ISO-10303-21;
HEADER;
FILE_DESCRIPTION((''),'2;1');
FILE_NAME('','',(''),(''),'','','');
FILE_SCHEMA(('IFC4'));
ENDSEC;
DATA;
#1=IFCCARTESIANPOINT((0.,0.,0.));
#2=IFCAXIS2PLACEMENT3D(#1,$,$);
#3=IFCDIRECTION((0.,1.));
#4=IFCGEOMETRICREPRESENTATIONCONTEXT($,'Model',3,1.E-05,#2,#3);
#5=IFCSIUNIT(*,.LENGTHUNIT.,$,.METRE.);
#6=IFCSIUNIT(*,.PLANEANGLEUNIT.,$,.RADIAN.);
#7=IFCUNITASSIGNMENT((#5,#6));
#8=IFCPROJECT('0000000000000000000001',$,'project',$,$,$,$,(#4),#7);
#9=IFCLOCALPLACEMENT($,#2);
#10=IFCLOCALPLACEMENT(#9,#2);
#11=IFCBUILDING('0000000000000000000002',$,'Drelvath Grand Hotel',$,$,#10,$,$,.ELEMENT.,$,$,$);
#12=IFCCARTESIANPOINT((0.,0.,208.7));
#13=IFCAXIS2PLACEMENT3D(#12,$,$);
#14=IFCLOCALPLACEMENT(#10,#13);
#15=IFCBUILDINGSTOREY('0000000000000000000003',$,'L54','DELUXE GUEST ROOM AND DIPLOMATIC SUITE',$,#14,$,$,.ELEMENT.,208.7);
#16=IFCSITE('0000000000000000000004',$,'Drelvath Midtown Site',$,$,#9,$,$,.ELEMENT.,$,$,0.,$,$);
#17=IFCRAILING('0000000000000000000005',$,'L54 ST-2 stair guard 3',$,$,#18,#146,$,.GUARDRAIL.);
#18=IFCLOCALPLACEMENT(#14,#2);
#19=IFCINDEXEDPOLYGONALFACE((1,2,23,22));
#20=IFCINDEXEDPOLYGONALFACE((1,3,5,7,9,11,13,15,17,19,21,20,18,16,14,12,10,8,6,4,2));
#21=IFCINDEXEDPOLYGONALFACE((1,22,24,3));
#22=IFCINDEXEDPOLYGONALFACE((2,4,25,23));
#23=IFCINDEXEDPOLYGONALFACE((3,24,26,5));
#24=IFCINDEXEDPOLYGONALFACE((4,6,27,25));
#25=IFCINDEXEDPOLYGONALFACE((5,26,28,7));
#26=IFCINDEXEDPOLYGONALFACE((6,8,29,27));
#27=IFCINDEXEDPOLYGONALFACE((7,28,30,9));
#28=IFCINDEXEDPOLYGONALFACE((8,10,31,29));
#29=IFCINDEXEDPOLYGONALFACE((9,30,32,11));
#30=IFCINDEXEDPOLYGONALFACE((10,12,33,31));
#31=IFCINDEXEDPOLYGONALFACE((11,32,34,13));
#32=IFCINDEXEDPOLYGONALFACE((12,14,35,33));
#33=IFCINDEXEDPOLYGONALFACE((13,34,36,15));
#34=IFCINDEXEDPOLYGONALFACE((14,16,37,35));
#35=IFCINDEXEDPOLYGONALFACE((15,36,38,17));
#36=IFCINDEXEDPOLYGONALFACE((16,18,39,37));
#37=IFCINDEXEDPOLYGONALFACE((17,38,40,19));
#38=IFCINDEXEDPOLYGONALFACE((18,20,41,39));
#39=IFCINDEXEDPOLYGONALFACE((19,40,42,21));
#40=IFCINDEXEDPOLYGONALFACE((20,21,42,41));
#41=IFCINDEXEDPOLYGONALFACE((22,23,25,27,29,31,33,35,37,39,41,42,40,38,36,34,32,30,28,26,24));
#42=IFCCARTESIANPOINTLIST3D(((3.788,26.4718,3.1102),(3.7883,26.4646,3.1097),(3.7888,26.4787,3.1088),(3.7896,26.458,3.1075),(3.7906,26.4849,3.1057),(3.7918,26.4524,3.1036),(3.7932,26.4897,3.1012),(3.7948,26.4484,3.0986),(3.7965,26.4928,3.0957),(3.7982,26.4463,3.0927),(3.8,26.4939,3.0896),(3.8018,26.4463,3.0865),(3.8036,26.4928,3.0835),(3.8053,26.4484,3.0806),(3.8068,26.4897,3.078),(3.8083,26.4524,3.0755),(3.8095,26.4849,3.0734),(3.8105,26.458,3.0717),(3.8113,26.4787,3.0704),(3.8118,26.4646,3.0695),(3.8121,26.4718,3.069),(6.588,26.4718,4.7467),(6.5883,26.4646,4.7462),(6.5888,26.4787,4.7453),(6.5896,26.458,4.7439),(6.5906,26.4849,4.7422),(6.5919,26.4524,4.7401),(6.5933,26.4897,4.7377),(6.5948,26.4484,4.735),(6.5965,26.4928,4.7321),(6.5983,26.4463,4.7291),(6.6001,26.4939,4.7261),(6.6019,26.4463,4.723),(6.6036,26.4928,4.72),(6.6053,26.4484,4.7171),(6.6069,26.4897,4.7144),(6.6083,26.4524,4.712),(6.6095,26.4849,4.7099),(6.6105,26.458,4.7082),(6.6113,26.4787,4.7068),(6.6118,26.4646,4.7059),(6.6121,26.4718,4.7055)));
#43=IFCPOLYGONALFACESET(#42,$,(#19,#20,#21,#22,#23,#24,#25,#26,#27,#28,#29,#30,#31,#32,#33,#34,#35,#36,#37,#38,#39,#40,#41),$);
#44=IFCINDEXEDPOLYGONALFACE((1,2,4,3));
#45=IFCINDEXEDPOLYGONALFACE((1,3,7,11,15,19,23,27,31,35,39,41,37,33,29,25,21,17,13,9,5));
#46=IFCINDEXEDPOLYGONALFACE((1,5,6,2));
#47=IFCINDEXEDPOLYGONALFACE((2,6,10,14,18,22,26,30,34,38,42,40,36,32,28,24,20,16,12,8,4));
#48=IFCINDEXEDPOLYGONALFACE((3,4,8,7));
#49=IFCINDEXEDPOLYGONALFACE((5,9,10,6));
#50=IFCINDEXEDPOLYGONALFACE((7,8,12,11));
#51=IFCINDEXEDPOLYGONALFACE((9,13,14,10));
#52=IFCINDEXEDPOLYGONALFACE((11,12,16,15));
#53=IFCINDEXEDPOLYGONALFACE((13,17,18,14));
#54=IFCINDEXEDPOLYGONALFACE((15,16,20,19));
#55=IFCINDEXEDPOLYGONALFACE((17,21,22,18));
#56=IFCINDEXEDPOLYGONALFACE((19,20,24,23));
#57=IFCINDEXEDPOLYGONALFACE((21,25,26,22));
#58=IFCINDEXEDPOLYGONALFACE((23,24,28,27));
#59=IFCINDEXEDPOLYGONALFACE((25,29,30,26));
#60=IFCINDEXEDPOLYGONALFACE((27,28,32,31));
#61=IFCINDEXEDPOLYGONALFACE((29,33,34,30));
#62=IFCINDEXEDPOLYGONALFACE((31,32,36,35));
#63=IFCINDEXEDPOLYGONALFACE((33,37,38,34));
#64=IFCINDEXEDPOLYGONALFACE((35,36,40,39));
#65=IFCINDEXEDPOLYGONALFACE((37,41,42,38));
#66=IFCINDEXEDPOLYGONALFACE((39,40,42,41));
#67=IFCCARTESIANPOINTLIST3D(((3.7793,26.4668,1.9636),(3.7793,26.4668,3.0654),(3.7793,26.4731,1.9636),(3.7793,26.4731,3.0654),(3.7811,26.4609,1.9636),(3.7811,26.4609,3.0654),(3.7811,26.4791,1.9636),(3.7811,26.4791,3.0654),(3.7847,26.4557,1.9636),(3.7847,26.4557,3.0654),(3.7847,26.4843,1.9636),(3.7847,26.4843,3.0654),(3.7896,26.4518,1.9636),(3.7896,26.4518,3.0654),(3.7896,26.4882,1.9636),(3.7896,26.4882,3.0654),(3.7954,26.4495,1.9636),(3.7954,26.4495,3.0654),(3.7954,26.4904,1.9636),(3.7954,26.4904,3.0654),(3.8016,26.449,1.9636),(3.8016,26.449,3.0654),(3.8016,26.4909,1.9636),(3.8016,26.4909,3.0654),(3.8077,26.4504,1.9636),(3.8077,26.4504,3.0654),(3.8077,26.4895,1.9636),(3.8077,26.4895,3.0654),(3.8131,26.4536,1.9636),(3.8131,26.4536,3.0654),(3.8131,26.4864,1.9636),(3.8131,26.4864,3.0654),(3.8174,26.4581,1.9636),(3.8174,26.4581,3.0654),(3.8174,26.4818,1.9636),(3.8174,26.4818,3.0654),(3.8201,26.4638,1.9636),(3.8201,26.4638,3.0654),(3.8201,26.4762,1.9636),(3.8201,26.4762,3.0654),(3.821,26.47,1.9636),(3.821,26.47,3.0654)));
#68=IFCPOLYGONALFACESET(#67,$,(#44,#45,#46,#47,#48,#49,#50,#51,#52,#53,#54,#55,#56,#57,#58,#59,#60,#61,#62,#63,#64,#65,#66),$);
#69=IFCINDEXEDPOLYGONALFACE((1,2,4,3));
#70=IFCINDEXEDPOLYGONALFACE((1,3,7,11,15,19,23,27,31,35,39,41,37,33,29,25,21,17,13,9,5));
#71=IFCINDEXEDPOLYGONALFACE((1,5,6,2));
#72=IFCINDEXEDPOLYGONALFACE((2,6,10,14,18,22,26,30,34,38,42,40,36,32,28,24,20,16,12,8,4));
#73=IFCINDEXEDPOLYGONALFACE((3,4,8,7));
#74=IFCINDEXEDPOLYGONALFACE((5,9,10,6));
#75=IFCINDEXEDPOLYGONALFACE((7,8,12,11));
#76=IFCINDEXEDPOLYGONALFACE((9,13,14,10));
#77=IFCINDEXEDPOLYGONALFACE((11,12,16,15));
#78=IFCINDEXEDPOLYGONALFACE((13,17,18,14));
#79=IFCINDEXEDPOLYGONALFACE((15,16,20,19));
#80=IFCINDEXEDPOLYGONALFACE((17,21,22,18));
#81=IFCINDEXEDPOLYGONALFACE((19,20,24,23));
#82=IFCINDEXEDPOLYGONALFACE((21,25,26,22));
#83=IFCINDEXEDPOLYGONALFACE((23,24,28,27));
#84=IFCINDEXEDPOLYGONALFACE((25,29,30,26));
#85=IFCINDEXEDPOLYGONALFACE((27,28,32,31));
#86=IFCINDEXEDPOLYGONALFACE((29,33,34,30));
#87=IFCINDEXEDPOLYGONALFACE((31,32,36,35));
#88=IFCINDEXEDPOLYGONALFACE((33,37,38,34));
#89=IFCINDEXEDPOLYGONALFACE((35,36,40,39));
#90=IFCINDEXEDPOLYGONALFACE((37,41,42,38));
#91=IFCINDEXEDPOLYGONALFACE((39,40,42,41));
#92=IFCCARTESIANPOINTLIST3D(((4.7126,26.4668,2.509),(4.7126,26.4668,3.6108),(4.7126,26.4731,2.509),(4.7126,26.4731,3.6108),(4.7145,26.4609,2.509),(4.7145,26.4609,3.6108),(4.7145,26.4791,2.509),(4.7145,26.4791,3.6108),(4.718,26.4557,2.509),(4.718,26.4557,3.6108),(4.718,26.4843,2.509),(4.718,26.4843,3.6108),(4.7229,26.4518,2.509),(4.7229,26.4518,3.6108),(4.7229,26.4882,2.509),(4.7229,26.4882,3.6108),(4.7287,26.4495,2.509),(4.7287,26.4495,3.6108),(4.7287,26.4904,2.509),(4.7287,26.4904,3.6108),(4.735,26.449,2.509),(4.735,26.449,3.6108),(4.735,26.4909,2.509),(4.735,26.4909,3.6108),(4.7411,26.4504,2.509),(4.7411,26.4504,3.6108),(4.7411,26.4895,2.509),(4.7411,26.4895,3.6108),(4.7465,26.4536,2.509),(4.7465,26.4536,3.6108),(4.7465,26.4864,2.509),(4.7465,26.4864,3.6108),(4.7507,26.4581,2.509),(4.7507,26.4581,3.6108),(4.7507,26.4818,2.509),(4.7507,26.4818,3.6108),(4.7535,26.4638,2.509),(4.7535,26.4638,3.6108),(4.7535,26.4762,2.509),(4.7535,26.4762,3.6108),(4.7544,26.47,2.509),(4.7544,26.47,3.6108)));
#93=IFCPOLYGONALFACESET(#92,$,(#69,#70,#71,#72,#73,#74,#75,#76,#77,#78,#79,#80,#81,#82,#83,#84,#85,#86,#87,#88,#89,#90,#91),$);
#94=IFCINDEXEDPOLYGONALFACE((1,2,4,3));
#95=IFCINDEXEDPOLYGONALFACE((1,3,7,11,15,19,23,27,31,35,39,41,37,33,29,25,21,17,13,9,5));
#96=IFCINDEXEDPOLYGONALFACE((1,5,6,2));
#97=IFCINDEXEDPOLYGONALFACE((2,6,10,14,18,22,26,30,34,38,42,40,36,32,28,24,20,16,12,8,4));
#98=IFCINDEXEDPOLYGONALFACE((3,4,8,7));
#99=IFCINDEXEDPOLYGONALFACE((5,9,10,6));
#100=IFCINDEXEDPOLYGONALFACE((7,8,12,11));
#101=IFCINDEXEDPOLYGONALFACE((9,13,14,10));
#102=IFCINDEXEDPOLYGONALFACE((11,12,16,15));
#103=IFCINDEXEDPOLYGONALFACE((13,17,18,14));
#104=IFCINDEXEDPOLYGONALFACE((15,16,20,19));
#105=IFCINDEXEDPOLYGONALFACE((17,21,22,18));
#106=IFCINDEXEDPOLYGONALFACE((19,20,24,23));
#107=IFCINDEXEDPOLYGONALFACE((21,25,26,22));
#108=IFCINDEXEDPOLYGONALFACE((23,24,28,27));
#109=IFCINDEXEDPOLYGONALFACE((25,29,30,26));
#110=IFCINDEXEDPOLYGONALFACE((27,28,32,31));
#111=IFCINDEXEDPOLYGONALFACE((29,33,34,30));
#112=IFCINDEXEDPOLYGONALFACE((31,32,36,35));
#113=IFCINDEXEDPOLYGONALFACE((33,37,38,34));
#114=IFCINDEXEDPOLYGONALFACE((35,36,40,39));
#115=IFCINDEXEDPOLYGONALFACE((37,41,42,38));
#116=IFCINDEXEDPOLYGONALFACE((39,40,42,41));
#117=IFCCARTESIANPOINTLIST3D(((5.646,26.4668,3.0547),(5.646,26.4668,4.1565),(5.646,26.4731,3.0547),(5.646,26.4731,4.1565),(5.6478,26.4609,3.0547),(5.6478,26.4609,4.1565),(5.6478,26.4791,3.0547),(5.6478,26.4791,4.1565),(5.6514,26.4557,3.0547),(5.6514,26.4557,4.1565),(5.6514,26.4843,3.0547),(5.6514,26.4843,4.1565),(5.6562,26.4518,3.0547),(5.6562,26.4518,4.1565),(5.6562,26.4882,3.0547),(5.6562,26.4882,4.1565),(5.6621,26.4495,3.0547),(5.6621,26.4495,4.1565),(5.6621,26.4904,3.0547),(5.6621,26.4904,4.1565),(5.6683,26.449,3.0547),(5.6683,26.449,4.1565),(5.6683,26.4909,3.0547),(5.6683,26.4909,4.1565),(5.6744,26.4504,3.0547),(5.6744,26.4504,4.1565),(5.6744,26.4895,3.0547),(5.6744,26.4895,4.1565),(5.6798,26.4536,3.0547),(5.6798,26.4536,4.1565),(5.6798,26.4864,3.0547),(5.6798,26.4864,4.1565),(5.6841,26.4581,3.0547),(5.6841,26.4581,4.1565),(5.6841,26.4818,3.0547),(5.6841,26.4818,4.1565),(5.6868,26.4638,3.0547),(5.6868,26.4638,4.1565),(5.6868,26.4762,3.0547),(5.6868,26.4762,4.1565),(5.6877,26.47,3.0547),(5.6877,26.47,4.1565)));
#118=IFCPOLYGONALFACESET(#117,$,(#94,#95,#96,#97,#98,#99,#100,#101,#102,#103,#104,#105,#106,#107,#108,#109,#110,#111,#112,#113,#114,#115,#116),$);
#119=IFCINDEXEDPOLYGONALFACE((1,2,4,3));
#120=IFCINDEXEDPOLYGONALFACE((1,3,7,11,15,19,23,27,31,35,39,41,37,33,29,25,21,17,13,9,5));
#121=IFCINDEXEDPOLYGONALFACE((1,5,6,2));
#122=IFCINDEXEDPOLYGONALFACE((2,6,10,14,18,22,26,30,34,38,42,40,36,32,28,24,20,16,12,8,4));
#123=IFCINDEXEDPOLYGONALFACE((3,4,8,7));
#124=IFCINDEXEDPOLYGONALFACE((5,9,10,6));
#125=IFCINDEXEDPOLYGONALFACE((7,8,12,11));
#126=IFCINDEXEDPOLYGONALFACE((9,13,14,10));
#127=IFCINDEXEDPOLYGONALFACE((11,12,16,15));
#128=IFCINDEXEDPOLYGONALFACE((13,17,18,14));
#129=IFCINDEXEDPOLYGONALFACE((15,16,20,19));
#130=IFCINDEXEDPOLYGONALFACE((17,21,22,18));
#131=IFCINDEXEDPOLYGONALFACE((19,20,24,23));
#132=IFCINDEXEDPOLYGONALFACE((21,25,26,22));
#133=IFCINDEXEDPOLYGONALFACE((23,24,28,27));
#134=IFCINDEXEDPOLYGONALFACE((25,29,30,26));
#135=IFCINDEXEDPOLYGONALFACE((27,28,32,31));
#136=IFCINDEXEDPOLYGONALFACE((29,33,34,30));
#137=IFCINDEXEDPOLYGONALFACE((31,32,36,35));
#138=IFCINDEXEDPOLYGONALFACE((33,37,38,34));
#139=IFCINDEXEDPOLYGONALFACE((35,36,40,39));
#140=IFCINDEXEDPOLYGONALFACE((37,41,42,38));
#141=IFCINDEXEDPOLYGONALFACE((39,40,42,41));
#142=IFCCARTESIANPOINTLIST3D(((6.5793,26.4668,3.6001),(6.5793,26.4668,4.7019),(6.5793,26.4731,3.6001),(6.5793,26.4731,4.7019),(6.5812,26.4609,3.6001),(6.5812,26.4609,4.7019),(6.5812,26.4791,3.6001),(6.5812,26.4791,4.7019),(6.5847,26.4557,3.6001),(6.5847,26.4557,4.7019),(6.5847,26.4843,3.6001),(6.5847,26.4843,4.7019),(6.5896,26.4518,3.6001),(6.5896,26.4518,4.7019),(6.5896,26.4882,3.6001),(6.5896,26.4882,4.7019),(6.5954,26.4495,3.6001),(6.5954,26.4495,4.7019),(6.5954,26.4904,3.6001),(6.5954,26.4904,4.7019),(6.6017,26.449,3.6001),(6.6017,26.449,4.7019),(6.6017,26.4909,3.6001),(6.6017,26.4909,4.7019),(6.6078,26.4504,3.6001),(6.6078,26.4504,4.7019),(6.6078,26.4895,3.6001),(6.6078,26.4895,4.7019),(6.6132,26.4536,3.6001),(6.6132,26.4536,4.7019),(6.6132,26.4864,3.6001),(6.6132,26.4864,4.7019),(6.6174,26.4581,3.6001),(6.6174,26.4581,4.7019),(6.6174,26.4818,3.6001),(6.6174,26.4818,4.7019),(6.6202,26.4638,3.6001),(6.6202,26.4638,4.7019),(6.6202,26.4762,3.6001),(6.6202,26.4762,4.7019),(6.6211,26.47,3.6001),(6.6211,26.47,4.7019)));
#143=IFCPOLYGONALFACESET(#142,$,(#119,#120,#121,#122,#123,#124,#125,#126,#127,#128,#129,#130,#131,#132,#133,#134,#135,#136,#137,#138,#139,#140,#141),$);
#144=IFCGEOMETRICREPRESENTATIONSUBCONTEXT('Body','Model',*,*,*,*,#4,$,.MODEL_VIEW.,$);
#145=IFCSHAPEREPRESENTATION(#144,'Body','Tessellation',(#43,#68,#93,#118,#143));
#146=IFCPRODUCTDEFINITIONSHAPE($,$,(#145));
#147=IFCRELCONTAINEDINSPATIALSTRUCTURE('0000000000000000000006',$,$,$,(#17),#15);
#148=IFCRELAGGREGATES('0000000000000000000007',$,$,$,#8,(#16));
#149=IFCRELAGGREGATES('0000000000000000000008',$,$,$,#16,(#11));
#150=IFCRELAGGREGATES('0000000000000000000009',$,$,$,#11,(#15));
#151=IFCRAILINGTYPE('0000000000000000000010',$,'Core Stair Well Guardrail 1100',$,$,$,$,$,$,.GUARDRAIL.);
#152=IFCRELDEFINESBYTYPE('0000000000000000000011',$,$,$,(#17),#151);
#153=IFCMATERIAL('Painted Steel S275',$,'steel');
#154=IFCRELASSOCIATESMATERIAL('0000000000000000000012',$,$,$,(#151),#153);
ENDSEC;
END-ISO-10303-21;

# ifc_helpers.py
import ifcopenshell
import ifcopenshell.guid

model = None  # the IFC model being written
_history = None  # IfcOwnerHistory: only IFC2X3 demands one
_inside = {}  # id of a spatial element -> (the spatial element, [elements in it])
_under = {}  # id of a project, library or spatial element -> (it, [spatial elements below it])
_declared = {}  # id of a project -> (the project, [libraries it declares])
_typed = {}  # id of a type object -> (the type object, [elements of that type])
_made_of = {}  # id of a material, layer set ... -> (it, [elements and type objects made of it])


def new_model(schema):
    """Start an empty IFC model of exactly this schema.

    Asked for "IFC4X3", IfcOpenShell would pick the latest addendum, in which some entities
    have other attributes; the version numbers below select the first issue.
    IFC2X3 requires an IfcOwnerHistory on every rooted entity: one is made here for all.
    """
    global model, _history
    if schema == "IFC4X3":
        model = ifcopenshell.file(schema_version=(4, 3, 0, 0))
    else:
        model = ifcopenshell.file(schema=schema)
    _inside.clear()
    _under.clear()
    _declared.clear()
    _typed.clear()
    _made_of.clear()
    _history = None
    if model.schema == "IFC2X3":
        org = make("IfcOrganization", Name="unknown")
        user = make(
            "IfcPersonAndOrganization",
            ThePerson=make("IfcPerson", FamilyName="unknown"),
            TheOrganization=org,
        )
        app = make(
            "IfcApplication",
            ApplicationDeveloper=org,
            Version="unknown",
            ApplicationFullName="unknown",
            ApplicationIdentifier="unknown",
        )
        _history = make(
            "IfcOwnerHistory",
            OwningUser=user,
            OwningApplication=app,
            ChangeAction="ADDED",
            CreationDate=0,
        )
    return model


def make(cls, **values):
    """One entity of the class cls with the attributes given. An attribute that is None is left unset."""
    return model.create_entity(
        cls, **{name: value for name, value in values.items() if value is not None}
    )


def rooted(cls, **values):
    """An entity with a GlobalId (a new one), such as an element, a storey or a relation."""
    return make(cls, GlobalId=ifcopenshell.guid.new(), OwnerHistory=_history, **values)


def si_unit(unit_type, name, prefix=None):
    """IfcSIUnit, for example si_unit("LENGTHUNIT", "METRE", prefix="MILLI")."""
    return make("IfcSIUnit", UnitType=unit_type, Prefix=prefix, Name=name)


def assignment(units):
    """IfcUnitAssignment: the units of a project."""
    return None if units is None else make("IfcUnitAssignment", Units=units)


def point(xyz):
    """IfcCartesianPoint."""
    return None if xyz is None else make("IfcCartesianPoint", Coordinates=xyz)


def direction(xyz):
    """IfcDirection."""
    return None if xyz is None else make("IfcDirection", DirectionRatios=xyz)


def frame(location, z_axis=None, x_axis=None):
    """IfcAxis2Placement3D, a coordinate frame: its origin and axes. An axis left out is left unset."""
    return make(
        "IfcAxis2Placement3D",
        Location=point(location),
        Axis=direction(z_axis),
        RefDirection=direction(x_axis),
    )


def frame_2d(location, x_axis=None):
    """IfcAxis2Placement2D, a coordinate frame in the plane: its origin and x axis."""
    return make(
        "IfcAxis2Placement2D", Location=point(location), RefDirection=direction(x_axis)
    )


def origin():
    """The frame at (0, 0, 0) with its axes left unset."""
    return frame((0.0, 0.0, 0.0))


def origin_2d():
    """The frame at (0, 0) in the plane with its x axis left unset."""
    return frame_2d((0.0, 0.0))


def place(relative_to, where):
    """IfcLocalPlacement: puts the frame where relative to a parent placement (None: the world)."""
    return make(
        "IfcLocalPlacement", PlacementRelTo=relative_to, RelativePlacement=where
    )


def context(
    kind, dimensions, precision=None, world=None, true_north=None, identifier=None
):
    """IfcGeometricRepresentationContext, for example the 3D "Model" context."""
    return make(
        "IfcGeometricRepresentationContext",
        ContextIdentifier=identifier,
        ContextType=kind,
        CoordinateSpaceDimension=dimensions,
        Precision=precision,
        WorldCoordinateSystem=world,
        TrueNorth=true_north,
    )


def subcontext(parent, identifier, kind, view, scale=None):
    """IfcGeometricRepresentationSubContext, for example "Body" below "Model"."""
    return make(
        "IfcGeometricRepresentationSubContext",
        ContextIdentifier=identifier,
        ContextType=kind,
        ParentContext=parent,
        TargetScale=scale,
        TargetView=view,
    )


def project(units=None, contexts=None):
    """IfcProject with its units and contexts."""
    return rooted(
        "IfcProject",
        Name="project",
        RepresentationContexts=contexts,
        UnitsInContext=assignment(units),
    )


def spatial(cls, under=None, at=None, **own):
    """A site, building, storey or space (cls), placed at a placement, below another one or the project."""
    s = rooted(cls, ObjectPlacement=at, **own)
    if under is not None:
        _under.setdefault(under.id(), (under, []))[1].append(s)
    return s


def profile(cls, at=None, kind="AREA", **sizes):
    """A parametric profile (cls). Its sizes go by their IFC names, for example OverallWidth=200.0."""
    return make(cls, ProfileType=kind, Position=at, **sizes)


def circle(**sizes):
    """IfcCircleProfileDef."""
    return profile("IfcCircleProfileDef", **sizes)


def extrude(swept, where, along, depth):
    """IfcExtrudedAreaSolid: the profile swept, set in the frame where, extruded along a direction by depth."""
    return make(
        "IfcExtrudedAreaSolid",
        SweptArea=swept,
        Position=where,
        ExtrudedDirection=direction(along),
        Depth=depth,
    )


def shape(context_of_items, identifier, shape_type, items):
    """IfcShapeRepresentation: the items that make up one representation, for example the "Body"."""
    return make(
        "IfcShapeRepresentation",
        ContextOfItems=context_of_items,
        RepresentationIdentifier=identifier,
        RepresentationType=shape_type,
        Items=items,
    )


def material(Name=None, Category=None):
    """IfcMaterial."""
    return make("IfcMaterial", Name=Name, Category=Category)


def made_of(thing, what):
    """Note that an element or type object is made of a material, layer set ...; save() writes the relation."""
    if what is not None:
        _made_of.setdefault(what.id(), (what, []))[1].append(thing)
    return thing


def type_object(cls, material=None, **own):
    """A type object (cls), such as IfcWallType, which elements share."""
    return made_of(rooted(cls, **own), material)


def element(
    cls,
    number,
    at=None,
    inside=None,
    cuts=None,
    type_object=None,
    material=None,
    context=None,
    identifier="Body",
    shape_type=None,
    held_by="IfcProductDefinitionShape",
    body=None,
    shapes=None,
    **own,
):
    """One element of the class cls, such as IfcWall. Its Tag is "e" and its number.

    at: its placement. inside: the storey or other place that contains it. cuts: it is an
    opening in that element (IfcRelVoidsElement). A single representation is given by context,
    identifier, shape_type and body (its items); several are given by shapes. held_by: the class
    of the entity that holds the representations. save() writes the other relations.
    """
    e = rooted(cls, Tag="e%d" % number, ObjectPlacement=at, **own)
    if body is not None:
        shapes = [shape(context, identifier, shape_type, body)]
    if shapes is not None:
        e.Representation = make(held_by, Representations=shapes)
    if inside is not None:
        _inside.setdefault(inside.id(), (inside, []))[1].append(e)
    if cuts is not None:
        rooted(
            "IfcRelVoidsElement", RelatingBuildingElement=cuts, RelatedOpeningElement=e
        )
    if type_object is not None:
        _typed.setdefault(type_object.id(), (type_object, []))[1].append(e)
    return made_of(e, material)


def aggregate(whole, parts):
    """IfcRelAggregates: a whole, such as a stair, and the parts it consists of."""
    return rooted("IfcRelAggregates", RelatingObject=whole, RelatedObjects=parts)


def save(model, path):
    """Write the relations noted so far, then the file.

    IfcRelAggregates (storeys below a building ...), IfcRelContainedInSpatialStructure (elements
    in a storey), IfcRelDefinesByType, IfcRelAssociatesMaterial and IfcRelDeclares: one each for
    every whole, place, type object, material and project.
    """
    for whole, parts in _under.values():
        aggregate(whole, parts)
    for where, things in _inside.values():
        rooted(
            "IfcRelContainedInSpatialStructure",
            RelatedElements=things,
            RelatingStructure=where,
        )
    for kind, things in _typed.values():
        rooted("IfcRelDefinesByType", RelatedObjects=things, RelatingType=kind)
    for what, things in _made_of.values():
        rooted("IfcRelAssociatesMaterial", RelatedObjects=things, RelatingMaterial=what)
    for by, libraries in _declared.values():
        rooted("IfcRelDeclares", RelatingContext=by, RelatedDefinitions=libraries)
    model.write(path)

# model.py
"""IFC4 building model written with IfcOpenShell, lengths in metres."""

from ifc_helpers import new_model, si_unit, direction, frame, origin, origin_2d, place, context, subcontext, project, spatial, circle, extrude, material, type_object, element, save


model = new_model("IFC4")

# Units and contexts
model_context = context("Model", 3, precision=1e-05, world=origin(), true_north=direction((0.0, 1.0)))
body_context = subcontext(model_context, "Body", "Model", "MODEL_VIEW")
ifc_project = project(units=[si_unit("LENGTHUNIT", "METRE"), si_unit("PLANEANGLEUNIT", "RADIAN")], contexts=[model_context])

# Site, building, storey
site_placement = place(None, origin())
site = spatial("IfcSite", under=ifc_project, at=site_placement, Name="Drelvath Midtown Site", CompositionType="ELEMENT", RefElevation=0.0)
building_placement = place(site_placement, origin())
building = spatial("IfcBuilding", under=site, at=building_placement, Name="Drelvath Grand Hotel", CompositionType="ELEMENT")
storey_placement = place(building_placement, frame((0.0, 0.0, 208.7)))
storey = spatial("IfcBuildingStorey", under=building, at=storey_placement, Name="L54", Description="DELUXE GUEST ROOM AND DIPLOMATIC SUITE", CompositionType="ELEMENT", Elevation=208.7)

# Railing
ifc_material_1 = material(Name="Painted Steel S275", Category="steel")
railing_type_1 = type_object("IfcRailingType", Name="Core Stair Well Guardrail 1100", PredefinedType="GUARDRAIL", material=ifc_material_1)
railing_1_placement = place(storey_placement, frame((3.8, 26.47, 1.9636)))
element("IfcRailing", 1, at=railing_1_placement, inside=storey, type_object=railing_type_1, Name="L54 ST-2 stair guard 3", PredefinedType="GUARDRAIL", context=body_context, shape_type="SweptSolid", body=[
    extrude(circle(Radius=0.0239, at=origin_2d()), frame((0.0, 0.0, 1.126), z_axis=(0.863361, 0.0, 0.504587), x_axis=(0.0, 1.0, 0.0)), (0.0, 0.0, 1.0), 3.2432),
    extrude(circle(Radius=0.021, at=origin_2d()), origin(), (0.0, 0.0, 1.0), 1.1018),
    extrude(circle(Radius=0.021, at=origin_2d()), frame((0.9333, 0.0, 0.5454)), (0.0, 0.0, 1.0), 1.1018),
    extrude(circle(Radius=0.021, at=origin_2d()), frame((1.8667, 0.0, 1.0911)), (0.0, 0.0, 1.0), 1.1018),
    extrude(circle(Radius=0.021, at=origin_2d()), frame((2.8, 0.0, 1.6365)), (0.0, 0.0, 1.0), 1.1018),
])

save(model, "model.ifc")
